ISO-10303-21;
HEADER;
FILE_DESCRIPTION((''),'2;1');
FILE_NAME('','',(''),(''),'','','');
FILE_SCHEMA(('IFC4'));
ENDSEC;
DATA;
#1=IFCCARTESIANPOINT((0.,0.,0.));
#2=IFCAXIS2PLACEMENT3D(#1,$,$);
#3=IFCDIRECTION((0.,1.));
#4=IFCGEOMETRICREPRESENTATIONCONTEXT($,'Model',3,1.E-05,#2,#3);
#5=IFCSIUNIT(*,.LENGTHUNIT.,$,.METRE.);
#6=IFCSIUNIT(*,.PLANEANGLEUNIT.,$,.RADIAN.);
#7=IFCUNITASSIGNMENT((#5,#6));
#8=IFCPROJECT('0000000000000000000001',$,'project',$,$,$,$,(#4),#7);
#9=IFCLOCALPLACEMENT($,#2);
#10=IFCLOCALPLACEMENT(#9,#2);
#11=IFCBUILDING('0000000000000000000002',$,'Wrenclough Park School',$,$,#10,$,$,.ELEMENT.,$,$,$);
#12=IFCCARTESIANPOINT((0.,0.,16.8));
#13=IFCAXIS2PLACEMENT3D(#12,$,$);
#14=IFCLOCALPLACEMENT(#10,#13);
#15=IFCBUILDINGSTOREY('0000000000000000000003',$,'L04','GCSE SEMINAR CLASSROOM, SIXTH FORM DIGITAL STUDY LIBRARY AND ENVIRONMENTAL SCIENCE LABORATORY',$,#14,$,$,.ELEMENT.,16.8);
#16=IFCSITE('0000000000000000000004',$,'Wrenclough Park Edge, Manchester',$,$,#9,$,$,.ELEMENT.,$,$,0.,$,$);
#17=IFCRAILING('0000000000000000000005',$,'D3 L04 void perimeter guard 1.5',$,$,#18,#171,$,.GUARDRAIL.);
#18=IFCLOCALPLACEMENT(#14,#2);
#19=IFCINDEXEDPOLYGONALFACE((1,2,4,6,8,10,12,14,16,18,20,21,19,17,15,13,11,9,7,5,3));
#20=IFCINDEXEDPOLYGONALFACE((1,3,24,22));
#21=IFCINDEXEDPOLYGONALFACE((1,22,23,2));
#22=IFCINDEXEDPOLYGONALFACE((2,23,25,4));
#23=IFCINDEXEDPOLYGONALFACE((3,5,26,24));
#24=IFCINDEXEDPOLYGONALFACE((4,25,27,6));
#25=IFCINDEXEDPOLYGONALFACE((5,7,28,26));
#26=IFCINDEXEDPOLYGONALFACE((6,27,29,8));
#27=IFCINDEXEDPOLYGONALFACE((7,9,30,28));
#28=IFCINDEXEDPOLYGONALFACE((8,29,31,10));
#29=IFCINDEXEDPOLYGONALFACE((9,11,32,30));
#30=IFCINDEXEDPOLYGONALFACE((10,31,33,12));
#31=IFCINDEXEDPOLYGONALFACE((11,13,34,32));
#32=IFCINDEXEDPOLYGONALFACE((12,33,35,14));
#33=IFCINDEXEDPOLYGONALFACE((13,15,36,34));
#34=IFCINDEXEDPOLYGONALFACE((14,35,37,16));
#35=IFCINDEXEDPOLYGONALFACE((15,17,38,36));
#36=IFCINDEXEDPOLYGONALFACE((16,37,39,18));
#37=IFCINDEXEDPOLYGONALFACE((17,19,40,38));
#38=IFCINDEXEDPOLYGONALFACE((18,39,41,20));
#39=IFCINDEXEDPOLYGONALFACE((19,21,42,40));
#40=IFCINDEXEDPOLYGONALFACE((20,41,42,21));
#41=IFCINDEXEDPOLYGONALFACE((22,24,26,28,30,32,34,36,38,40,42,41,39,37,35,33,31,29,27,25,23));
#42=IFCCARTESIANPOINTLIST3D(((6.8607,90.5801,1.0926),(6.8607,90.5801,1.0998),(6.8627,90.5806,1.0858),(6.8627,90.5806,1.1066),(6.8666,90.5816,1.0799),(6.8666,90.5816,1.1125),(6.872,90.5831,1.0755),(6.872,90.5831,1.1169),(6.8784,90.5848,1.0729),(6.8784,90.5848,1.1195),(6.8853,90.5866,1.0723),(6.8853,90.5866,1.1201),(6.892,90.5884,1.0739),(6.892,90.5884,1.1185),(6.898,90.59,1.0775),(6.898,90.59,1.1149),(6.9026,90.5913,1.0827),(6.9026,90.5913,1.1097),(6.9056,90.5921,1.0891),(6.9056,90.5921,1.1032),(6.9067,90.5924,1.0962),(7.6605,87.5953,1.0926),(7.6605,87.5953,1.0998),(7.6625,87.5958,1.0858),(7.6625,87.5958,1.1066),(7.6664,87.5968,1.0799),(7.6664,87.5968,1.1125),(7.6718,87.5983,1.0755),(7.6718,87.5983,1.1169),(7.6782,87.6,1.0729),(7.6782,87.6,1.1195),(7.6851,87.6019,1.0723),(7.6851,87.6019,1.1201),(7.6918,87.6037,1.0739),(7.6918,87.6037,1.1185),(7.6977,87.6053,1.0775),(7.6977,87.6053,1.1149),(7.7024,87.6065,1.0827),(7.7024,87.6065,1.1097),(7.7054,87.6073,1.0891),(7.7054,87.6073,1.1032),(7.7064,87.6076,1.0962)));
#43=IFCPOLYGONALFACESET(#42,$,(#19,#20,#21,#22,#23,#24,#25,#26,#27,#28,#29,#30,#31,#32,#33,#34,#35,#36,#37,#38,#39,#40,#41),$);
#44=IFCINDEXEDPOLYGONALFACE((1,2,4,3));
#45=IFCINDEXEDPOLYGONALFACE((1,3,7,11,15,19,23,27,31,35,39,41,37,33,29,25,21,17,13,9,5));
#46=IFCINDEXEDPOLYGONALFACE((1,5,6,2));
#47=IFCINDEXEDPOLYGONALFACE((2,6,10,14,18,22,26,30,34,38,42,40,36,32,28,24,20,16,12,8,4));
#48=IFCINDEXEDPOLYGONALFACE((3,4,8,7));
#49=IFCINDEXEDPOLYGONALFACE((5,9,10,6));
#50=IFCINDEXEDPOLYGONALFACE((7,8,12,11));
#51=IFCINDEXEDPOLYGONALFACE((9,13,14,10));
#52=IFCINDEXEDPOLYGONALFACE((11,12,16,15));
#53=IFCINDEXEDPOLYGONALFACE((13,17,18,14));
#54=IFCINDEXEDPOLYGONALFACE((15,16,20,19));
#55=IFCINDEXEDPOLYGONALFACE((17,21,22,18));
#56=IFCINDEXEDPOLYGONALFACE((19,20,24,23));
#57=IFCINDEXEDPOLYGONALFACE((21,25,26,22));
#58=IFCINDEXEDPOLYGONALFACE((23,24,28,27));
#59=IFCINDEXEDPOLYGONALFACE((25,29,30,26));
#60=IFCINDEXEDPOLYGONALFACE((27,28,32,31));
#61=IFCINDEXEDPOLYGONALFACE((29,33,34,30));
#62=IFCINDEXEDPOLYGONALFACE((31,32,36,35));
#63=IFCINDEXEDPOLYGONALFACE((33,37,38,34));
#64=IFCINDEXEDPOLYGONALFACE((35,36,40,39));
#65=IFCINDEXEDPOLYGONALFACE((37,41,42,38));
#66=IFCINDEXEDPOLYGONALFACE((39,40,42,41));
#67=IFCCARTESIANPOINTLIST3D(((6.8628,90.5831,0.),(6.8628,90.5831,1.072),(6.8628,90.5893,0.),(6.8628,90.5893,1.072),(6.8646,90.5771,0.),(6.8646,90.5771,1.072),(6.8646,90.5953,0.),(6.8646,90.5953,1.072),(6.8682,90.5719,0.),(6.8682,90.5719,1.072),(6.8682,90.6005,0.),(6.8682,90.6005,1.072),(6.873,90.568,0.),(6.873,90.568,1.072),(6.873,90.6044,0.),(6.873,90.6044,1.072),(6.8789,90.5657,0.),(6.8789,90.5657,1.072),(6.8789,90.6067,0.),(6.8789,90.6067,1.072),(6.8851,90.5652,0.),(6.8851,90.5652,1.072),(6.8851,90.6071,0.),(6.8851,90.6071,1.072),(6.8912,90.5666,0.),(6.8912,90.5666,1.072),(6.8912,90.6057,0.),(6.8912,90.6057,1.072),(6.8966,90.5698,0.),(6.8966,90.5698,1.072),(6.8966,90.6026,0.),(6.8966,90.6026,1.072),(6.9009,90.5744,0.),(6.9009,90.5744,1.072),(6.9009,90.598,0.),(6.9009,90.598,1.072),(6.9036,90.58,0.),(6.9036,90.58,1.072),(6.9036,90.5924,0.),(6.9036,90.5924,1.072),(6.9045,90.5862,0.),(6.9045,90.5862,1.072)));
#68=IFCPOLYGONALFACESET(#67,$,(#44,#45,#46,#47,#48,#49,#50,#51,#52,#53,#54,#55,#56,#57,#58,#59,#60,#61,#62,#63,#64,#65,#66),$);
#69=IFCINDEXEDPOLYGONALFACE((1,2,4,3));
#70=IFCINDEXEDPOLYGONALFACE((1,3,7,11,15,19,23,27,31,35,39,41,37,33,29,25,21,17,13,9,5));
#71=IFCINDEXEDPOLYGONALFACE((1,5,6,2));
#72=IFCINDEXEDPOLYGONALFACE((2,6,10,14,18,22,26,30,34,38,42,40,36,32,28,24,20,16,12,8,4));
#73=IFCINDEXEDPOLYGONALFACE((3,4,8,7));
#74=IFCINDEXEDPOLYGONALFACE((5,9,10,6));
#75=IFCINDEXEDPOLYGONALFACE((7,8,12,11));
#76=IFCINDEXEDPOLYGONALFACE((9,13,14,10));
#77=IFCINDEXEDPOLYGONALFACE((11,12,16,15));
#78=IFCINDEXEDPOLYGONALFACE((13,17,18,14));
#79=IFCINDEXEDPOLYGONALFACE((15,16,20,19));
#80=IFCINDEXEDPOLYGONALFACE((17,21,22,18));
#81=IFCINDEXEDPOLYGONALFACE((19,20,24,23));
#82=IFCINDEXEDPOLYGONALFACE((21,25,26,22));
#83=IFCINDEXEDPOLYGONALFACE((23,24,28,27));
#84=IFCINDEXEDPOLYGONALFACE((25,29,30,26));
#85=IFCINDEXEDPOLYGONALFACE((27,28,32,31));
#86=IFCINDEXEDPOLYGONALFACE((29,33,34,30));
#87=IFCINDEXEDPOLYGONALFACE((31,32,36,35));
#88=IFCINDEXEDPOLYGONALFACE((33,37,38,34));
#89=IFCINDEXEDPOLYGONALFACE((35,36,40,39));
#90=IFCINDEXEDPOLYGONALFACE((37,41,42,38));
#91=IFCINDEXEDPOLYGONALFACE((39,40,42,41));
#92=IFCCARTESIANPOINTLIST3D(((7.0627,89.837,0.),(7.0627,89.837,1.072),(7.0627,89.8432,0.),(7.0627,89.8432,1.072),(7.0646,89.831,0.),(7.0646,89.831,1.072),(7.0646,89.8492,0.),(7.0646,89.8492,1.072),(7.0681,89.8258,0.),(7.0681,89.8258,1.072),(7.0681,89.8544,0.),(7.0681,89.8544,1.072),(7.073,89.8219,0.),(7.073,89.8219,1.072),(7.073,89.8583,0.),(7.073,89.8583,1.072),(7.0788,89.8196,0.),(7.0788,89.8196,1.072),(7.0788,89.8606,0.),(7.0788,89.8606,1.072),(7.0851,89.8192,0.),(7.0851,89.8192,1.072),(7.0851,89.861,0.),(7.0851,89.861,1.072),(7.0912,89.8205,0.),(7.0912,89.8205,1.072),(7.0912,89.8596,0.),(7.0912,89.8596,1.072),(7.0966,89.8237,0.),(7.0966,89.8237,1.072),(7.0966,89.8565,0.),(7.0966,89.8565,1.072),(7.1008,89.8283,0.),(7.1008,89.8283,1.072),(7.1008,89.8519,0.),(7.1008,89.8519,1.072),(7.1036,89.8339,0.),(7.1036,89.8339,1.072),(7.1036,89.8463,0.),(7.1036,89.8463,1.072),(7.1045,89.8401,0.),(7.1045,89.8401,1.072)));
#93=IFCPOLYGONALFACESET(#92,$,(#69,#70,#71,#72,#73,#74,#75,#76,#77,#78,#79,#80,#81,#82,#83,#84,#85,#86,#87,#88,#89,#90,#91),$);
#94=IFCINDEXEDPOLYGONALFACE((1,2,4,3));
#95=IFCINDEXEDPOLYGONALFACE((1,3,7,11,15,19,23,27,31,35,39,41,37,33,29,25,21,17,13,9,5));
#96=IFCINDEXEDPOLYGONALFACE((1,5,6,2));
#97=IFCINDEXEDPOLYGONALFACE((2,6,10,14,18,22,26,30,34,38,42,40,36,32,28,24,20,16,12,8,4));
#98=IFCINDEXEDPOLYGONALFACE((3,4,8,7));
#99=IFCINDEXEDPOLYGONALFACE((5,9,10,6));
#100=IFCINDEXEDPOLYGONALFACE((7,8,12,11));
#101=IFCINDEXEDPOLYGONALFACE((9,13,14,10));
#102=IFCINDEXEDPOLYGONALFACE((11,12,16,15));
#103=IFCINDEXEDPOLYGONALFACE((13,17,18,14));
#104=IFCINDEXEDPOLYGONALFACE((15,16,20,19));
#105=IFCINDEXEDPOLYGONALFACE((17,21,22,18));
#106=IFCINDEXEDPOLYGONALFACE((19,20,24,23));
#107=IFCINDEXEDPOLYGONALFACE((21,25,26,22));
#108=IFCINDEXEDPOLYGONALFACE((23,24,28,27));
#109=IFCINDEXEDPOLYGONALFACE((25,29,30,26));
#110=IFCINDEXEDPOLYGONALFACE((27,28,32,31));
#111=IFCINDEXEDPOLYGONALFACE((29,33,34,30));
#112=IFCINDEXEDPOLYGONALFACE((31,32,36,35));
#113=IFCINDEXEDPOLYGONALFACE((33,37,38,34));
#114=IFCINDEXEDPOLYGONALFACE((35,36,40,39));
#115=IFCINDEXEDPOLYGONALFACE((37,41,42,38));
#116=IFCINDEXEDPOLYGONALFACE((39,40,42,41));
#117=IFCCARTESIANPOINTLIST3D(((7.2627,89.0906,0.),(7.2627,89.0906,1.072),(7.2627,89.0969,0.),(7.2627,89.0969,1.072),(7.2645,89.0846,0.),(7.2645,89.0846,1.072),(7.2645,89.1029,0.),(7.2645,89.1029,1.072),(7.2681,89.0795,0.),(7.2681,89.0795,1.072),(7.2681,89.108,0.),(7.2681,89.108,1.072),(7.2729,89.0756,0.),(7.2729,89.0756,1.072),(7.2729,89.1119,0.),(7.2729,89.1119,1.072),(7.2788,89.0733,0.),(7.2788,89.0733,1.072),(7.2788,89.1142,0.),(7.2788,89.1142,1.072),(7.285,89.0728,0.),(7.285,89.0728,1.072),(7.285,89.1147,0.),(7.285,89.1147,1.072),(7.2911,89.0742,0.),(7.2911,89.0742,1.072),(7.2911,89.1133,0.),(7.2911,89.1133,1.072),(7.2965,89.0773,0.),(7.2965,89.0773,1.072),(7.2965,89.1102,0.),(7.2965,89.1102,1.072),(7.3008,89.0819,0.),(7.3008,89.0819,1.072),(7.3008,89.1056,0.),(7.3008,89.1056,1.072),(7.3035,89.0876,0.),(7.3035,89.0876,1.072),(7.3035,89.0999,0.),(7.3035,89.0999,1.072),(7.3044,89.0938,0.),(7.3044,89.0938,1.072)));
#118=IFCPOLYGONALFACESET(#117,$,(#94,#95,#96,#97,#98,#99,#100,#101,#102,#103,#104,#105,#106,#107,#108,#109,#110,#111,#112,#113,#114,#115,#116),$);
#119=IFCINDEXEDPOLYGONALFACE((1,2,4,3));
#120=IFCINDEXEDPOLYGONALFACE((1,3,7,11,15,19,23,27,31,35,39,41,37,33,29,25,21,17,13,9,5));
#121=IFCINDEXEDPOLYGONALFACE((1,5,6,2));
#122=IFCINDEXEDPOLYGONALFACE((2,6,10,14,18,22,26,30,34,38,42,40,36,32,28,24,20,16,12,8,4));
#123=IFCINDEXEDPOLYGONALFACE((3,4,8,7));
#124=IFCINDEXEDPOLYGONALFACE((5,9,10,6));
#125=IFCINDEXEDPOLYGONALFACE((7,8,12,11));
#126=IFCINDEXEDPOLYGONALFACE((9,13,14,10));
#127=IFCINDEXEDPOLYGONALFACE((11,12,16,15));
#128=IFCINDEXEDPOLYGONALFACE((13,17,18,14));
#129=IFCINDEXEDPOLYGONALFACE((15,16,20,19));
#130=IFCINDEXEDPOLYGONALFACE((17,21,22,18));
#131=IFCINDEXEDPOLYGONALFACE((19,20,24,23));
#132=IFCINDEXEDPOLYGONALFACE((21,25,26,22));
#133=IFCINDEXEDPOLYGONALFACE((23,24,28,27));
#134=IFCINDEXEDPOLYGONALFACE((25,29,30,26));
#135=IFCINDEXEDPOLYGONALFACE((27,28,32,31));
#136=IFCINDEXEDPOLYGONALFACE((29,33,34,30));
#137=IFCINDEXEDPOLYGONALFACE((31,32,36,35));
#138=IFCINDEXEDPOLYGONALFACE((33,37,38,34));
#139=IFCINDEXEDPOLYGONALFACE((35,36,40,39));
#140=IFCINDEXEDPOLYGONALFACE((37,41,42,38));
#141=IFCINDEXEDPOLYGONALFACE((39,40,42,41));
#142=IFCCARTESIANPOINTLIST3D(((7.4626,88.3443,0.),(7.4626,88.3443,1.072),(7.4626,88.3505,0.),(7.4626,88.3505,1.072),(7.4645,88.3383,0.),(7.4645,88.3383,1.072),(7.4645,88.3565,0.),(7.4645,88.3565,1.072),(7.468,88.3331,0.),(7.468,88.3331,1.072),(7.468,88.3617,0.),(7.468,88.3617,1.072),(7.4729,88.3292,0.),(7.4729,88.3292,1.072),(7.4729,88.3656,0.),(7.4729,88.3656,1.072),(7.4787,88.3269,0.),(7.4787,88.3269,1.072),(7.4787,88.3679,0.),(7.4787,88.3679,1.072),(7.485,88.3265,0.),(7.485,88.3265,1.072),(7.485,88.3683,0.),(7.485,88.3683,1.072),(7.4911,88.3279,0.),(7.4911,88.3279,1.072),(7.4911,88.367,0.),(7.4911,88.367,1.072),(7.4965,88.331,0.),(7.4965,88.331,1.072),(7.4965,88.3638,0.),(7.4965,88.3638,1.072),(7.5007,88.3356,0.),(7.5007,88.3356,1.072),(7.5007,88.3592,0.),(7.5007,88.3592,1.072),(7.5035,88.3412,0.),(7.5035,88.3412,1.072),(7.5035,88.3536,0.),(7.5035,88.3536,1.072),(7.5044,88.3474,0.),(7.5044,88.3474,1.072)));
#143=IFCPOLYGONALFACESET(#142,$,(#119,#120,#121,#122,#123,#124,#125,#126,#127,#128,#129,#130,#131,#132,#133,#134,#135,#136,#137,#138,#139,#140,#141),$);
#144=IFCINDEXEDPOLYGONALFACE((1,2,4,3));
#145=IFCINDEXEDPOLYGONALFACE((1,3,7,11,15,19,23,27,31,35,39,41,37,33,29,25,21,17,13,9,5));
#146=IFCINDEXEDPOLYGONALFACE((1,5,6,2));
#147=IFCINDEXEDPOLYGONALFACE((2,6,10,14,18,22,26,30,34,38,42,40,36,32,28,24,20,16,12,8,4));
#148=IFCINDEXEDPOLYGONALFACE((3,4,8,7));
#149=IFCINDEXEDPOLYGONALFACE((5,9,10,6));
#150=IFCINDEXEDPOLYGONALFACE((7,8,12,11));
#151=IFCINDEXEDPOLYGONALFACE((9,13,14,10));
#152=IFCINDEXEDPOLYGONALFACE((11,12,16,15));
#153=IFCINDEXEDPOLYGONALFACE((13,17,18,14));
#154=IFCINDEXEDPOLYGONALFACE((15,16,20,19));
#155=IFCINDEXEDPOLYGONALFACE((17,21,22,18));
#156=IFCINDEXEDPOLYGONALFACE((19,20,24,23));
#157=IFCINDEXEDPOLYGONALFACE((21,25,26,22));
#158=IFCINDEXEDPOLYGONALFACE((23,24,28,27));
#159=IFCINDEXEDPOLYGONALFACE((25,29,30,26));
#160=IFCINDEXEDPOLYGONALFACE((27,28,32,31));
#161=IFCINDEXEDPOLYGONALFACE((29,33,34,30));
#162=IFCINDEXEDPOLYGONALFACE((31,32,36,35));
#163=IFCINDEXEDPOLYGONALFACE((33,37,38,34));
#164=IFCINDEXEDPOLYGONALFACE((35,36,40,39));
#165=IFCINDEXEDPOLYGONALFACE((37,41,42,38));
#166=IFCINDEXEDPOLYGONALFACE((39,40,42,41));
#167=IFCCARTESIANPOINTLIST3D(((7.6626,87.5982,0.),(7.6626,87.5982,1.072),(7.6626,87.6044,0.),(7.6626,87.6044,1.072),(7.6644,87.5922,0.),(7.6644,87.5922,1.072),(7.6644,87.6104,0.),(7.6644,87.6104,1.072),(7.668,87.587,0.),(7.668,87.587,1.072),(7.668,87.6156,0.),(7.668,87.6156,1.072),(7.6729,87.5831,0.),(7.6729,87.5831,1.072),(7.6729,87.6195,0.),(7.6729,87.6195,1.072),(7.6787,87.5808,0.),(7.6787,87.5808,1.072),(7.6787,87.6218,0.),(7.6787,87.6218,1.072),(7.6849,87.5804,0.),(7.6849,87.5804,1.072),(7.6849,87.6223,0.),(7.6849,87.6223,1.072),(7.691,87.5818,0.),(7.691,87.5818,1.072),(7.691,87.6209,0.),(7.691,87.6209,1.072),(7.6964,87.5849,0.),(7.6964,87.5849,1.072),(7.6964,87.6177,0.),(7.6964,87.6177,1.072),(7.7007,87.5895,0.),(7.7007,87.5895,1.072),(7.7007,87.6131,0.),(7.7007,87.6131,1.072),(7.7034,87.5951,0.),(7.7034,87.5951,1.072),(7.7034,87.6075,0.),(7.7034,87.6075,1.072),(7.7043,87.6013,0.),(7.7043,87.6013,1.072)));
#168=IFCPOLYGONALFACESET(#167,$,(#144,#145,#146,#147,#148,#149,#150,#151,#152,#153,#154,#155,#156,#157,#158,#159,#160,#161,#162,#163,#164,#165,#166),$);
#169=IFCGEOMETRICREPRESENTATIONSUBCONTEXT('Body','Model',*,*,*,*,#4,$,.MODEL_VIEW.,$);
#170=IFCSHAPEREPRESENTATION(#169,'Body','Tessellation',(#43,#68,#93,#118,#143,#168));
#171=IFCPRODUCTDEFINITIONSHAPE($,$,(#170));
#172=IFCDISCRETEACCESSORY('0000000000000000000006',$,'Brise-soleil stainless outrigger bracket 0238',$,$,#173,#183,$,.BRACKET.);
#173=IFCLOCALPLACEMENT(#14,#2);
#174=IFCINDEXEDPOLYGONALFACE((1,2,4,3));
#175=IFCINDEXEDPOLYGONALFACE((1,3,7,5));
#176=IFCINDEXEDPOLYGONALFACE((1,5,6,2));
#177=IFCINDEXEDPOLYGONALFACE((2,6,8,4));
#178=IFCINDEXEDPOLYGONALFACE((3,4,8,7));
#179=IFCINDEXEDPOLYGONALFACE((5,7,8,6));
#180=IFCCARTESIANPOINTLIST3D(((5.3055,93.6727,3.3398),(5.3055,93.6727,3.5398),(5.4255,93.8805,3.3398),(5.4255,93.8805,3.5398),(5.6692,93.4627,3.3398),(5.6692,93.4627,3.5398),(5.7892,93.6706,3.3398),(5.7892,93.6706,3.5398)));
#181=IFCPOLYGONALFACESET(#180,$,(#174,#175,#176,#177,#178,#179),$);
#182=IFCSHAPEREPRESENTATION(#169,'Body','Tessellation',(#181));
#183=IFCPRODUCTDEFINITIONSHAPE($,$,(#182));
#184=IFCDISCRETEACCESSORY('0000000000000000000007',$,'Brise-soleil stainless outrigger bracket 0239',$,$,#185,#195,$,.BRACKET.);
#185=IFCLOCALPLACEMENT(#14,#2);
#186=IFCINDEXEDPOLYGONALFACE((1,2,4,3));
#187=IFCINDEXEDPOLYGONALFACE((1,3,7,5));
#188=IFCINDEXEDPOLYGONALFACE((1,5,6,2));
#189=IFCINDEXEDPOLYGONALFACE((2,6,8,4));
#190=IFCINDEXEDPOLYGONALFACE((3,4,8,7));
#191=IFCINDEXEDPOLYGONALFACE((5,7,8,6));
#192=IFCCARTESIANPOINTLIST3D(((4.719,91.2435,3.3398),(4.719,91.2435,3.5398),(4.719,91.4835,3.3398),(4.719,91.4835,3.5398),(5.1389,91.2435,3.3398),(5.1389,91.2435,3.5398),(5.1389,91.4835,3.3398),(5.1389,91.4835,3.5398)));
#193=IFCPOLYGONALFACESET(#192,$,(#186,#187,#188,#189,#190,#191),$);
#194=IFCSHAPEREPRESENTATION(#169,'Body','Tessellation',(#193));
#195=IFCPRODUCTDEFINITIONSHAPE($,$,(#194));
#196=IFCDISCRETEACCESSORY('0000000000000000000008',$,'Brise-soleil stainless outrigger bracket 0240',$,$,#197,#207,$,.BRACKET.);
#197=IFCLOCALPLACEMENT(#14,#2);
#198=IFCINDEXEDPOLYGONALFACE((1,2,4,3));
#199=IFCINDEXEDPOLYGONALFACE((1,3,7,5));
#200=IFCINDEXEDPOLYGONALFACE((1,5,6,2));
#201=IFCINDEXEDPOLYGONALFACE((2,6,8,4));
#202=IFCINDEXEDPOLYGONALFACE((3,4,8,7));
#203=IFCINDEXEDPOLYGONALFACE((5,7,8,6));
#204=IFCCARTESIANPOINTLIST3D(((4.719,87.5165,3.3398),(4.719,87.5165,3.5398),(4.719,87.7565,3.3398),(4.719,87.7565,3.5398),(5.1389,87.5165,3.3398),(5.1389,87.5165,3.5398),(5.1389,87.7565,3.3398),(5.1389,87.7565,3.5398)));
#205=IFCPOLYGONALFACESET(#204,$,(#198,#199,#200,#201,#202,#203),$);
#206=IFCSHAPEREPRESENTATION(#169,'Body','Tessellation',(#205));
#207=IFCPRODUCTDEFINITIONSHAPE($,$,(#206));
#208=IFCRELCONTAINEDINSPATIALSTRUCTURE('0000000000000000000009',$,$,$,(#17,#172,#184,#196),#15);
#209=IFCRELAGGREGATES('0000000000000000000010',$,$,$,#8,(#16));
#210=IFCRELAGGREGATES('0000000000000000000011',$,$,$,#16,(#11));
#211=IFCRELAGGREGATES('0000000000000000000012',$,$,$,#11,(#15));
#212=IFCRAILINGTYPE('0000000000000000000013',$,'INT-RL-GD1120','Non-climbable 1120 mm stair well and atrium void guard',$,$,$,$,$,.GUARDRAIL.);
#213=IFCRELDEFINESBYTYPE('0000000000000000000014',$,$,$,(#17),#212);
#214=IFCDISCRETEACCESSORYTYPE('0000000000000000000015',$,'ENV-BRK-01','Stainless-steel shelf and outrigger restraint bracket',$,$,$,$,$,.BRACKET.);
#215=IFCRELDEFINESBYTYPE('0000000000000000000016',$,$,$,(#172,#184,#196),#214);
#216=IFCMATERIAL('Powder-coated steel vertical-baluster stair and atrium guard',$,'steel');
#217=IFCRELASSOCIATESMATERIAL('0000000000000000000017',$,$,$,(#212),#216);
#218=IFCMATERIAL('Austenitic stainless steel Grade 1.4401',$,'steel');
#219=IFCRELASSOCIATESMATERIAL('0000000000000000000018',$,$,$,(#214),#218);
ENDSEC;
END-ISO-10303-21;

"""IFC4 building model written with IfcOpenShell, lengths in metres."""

from ifc_helpers import new_model, si_unit, direction, frame, origin, origin_2d, place, context, subcontext, project, spatial, rectangle, circle, extrude, material, type_object, element, save


model = new_model("IFC4")

# Units and contexts
model_context = context("Model", 3, precision=1e-05, world=origin(), true_north=direction((0.0, 1.0)))
body_context = subcontext(model_context, "Body", "Model", "MODEL_VIEW")
ifc_project = project(units=[si_unit("LENGTHUNIT", "METRE"), si_unit("PLANEANGLEUNIT", "RADIAN")], contexts=[model_context])

# Site, building, storey
site_placement = place(None, origin())
site = spatial("IfcSite", under=ifc_project, at=site_placement, Name="Wrenclough Park Edge, Manchester", CompositionType="ELEMENT", RefElevation=0.0)
building_placement = place(site_placement, origin())
building = spatial("IfcBuilding", under=site, at=building_placement, Name="Wrenclough Park School", CompositionType="ELEMENT")
storey_placement = place(building_placement, frame((0.0, 0.0, 16.8)))
storey = spatial("IfcBuildingStorey", under=building, at=storey_placement, Name="L04", Description="GCSE SEMINAR CLASSROOM, SIXTH FORM DIGITAL STUDY LIBRARY AND ENVIRONMENTAL SCIENCE LABORATORY", CompositionType="ELEMENT", Elevation=16.8)

# Railing
ifc_material_1 = material(Name="Powder-coated steel vertical-baluster stair and atrium guard", Category="steel")
railing_type = type_object("IfcRailingType", Name="INT-RL-GD1120", Description="Non-climbable 1120 mm stair well and atrium void guard", PredefinedType="GUARDRAIL", material=ifc_material_1)
railing_1_placement = place(storey_placement, frame((6.8835, 90.5862, 0.0)))
element("IfcRailing", 1, at=railing_1_placement, inside=storey, type_object=railing_type, Name="D3 L04 void perimeter guard 1.5", PredefinedType="GUARDRAIL", context=body_context, shape_type="SweptSolid", body=[
    extrude(circle(Radius=0.0239, at=origin_2d()), frame((0.0, 0.0, 1.0962), z_axis=(0.258823, -0.965925, 0.0), x_axis=(0.965925, 0.258823, 0.0)), (0.0, 0.0, 1.0), 3.0901),
    extrude(circle(Radius=0.021, at=origin_2d()), origin(), (0.0, 0.0, 1.0), 1.072),
    extrude(circle(Radius=0.021, at=origin_2d()), frame((0.2, -0.7461, 0.0)), (0.0, 0.0, 1.0), 1.072),
    extrude(circle(Radius=0.021, at=origin_2d()), frame((0.3999, -1.4924, 0.0)), (0.0, 0.0, 1.0), 1.072),
    extrude(circle(Radius=0.021, at=origin_2d()), frame((0.5999, -2.2388, 0.0)), (0.0, 0.0, 1.0), 1.072),
    extrude(circle(Radius=0.021, at=origin_2d()), frame((0.7998, -2.9849, 0.0)), (0.0, 0.0, 1.0), 1.072),
])

# Discrete accessories
ifc_material_2 = material(Name="Austenitic stainless steel Grade 1.4401", Category="steel")
discrete_accessory_type_1 = type_object("IfcDiscreteAccessoryType", Name="ENV-BRK-01", Description="Stainless-steel shelf and outrigger restraint bracket", PredefinedType="BRACKET", material=ifc_material_2)
for number, where, z_axis, x_axis, name in (
    (2, (5.5474, 93.6716, 3.3398), (0.0, 0.0, 1.0), (-0.499993, -0.866029, 0.0), "Brise-soleil stainless outrigger bracket 0238"),
    (3, (4.929, 91.3635, 3.3398), (0.0, 0.0, 1.0), (0.0, -1.0, 0.0), "Brise-soleil stainless outrigger bracket 0239"),
    (4, (4.929, 87.6365, 3.3398), (0.0, 0.0, 1.0), (0.0, -1.0, 0.0), "Brise-soleil stainless outrigger bracket 0240"),
):
    element("IfcDiscreteAccessory", number, at=place(storey_placement, frame(where, z_axis=z_axis, x_axis=x_axis)), inside=storey, type_object=discrete_accessory_type_1, Name=name, PredefinedType="BRACKET", context=body_context, shape_type="SweptSolid", body=[
        extrude(rectangle(XDim=0.24, YDim=0.4199, at=origin_2d()), origin(), (0.0, 0.0, 1.0), 0.2),
    ])

save(model, "model.ifc")
